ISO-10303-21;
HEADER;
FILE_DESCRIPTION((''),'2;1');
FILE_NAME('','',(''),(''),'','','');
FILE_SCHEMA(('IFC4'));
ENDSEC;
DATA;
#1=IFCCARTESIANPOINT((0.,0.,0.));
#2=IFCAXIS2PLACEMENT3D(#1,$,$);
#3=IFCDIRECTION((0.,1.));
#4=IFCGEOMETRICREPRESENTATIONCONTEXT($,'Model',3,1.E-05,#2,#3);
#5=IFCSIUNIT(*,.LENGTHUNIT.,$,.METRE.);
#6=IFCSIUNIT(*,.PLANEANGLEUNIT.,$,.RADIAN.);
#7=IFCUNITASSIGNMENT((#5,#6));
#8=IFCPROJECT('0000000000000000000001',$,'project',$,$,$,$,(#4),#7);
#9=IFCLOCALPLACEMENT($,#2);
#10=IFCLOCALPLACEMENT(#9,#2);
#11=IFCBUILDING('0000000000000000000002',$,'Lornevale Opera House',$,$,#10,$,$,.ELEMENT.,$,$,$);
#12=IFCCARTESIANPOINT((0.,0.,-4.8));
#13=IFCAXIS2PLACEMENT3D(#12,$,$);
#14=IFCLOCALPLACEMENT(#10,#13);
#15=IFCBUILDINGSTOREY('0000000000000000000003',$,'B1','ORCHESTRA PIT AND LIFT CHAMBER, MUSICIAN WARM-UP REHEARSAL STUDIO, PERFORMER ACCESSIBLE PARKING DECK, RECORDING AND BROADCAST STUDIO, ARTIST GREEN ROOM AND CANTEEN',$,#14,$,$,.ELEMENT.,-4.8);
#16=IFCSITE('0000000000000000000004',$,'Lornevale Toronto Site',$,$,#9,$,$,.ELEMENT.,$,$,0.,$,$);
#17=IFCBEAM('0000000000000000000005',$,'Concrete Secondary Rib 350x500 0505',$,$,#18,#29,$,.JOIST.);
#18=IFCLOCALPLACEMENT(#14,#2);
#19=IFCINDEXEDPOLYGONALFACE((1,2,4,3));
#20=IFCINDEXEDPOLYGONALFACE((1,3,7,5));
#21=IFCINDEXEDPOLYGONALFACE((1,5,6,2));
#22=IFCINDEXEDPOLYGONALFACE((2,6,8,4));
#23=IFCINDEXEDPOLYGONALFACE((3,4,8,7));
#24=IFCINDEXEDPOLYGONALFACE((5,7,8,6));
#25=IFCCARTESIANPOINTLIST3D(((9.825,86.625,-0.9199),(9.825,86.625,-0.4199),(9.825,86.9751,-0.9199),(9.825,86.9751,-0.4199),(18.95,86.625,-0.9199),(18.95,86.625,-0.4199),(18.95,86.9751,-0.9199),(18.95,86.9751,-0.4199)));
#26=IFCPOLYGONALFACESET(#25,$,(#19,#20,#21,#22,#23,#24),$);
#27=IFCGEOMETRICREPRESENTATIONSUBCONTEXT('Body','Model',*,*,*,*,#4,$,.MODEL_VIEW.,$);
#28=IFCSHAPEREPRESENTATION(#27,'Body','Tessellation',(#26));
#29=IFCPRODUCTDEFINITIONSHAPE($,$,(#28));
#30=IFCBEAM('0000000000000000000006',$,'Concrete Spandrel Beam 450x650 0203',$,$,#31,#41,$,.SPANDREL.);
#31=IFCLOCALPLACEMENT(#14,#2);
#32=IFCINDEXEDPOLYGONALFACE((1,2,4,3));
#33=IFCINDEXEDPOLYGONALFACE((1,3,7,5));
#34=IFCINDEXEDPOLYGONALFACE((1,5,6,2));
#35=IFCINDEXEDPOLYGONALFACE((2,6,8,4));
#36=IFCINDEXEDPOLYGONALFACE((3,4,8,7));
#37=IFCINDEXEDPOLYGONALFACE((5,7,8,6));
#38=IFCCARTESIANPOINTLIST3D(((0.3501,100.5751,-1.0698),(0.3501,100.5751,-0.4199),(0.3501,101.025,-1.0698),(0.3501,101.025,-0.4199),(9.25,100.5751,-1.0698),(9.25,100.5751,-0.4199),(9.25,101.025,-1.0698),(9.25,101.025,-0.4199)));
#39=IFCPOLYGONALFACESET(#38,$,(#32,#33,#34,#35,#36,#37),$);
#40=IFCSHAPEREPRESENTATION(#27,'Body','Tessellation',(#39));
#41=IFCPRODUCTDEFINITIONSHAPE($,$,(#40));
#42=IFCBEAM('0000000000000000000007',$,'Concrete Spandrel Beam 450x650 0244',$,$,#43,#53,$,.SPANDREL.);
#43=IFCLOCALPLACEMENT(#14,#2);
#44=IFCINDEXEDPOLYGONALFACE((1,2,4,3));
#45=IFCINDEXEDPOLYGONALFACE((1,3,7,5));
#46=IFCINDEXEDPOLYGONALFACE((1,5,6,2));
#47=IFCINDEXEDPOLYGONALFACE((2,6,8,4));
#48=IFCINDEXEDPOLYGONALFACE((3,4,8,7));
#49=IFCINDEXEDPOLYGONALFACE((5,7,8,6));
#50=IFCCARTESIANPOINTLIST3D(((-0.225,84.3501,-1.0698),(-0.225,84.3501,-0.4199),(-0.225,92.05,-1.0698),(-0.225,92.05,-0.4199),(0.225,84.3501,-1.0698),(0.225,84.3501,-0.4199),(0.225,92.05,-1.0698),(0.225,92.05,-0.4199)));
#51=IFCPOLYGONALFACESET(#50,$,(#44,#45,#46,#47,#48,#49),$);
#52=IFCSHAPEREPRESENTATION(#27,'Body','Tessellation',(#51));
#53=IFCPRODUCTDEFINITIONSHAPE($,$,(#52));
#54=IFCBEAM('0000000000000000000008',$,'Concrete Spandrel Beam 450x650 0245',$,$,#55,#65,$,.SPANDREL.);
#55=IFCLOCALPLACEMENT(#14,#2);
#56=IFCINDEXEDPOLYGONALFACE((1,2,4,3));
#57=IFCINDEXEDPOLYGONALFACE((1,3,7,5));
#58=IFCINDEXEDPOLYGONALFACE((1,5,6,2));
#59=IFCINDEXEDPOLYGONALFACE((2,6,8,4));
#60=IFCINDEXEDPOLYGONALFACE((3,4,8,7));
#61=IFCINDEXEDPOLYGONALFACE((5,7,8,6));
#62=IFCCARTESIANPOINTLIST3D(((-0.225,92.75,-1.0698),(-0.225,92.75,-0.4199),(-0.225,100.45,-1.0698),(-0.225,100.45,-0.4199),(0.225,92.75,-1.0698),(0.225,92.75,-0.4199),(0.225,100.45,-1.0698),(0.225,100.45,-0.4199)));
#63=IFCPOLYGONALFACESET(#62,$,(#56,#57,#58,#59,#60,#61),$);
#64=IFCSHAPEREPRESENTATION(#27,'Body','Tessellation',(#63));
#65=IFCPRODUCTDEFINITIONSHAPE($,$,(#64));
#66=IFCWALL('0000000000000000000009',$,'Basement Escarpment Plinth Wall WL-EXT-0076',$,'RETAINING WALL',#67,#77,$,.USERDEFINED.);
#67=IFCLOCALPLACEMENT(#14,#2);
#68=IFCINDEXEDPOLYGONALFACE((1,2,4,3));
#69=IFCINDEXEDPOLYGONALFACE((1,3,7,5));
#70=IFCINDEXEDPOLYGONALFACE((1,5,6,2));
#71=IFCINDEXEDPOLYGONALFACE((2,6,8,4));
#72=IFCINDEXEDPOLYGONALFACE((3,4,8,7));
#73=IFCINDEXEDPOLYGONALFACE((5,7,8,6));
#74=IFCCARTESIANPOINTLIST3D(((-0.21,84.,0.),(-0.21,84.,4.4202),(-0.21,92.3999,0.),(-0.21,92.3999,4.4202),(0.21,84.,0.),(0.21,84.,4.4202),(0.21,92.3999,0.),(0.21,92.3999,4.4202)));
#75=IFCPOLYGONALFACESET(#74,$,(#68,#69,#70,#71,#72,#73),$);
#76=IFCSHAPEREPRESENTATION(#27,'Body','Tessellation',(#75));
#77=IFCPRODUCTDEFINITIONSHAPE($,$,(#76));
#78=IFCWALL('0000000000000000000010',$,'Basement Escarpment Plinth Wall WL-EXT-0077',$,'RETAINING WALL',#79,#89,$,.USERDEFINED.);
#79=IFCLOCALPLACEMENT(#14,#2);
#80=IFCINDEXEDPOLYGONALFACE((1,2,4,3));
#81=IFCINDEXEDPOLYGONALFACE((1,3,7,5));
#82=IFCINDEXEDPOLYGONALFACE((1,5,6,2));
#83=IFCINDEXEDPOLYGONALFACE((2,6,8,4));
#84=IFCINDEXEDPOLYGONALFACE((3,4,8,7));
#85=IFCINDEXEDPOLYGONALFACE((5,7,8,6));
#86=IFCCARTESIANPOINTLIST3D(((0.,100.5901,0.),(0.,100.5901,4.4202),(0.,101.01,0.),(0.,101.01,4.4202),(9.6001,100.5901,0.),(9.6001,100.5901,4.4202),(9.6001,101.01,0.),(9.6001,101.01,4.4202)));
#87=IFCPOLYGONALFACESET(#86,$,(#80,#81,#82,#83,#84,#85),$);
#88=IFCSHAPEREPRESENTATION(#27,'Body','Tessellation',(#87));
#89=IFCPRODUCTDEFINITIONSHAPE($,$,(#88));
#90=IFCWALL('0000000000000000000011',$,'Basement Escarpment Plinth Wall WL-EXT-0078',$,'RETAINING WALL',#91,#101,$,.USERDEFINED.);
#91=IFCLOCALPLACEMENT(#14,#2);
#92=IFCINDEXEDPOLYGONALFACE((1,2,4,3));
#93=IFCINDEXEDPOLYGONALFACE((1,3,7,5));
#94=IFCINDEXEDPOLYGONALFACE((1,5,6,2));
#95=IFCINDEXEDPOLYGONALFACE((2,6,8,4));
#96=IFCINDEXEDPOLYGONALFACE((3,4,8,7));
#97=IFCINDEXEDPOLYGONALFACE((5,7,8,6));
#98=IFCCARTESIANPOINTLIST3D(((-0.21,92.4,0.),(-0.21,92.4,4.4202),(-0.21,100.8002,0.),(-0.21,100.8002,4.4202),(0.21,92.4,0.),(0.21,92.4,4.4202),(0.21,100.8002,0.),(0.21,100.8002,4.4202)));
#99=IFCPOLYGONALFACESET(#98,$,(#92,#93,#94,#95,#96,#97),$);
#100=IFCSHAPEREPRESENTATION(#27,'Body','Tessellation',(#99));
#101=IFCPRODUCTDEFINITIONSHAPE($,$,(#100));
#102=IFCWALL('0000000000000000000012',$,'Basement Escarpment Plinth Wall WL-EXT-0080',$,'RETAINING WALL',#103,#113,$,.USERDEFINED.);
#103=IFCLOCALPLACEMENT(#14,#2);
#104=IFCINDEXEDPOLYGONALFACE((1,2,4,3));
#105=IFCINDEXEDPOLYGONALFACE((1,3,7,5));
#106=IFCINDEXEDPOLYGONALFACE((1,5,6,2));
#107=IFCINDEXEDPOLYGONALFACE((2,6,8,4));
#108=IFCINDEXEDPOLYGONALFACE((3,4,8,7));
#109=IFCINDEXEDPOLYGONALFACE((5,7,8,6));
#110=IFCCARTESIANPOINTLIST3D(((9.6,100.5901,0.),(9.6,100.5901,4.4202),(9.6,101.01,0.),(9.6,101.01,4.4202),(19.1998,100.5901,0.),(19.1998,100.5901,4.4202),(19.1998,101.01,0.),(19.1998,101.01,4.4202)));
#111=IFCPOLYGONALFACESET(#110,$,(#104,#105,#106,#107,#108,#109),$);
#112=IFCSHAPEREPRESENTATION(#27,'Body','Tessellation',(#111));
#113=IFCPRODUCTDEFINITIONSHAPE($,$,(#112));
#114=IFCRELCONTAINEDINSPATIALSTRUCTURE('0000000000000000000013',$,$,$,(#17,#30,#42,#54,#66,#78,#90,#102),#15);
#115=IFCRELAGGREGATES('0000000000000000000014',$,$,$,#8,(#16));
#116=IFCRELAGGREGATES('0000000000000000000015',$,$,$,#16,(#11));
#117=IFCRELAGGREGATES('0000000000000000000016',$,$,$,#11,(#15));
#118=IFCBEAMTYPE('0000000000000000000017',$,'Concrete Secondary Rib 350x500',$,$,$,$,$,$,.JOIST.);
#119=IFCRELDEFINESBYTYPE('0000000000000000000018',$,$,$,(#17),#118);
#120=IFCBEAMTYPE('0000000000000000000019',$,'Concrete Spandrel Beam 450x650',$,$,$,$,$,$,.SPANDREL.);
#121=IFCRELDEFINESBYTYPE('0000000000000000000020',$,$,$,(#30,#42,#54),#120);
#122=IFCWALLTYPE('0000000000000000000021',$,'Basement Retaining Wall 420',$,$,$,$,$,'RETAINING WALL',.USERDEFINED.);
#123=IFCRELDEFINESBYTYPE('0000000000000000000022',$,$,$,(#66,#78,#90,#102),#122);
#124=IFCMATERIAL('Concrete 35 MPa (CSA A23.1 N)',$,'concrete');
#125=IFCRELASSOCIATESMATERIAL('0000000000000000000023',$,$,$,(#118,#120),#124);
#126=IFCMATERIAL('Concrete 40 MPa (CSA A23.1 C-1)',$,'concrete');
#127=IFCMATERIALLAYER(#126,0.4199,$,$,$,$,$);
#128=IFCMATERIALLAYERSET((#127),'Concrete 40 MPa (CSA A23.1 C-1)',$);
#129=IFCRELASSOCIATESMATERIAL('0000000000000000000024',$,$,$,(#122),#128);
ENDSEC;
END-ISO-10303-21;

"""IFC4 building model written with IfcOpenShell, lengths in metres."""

from ifc_helpers import new_model, si_unit, direction, frame, frame_2d, origin, origin_2d, place, context, subcontext, project, spatial, rectangle, extrude, material, layer, layer_set, material_profile, profile_set, type_object, element, save


model = new_model("IFC4")

# Units and contexts
model_context = context("Model", 3, precision=1e-05, world=origin(), true_north=direction((0.0, 1.0)))
body_context = subcontext(model_context, "Body", "Model", "MODEL_VIEW")
ifc_project = project(units=[si_unit("LENGTHUNIT", "METRE"), si_unit("PLANEANGLEUNIT", "RADIAN")], contexts=[model_context])

# Site, building, storey
site_placement = place(None, origin())
site = spatial("IfcSite", under=ifc_project, at=site_placement, Name="Lornevale Toronto Site", CompositionType="ELEMENT", RefElevation=0.0)
building_placement = place(site_placement, origin())
building = spatial("IfcBuilding", under=site, at=building_placement, Name="Lornevale Opera House", CompositionType="ELEMENT")
storey_placement = place(building_placement, frame((0.0, 0.0, -4.8)))
storey = spatial("IfcBuildingStorey", under=building, at=storey_placement, Name="B1", Description="ORCHESTRA PIT AND LIFT CHAMBER, MUSICIAN WARM-UP REHEARSAL STUDIO, PERFORMER ACCESSIBLE PARKING DECK, RECORDING AND BROADCAST STUDIO, ARTIST GREEN ROOM AND CANTEEN", CompositionType="ELEMENT", Elevation=-4.8)

# Shared definitions
ifc_material_1 = material(Name="Concrete 35 MPa (CSA A23.1 N)", Category="concrete")
ifc_material_2 = material(Name="Concrete 40 MPa (CSA A23.1 C-1)", Category="concrete")

# Beams
ifc_material_profile_1 = material_profile(ifc_material_1, rectangle(XDim=0.3501, YDim=0.5, at=origin_2d()), Name="RC350x500")
ifc_profile_set_1 = profile_set([ifc_material_profile_1], Name="Concrete 35 MPa (CSA A23.1 N)")
beam_type_1 = type_object("IfcBeamType", Name="Concrete Secondary Rib 350x500", PredefinedType="JOIST", material=ifc_profile_set_1)
for number, where, z_axis, x_axis, name in (
    (1, (9.825, 86.8, -0.6699), (1.0, 0.0, 0.0), (0.0, 1.0, 0.0), "Concrete Secondary Rib 350x500 0505"),
):
    element("IfcBeam", number, at=place(storey_placement, frame(where, z_axis=z_axis, x_axis=x_axis)), inside=storey, type_object=beam_type_1, Name=name, PredefinedType="JOIST", context=body_context, shape_type="SweptSolid", body=[
        extrude(rectangle(XDim=0.3501, YDim=0.5, at=origin_2d()), origin(), (0.0, 0.0, 1.0), 9.125),
    ])
ifc_material_profile_2 = material_profile(ifc_material_1, rectangle(XDim=0.45, YDim=0.6499, at=origin_2d()), Name="RC450x650")
ifc_profile_set_2 = profile_set([ifc_material_profile_2], Name="Concrete 35 MPa (CSA A23.1 N)")
beam_type_2 = type_object("IfcBeamType", Name="Concrete Spandrel Beam 450x650", PredefinedType="SPANDREL", material=ifc_profile_set_2)
beam_1_placement = place(storey_placement, frame((0.3501, 100.8, -0.7449), z_axis=(1.0, 0.0, 0.0), x_axis=(0.0, 1.0, 0.0)))
element("IfcBeam", 2, at=beam_1_placement, inside=storey, type_object=beam_type_2, Name="Concrete Spandrel Beam 450x650 0203", PredefinedType="SPANDREL", context=body_context, shape_type="SweptSolid", body=[
    extrude(rectangle(XDim=0.45, YDim=0.6499, at=origin_2d()), origin(), (0.0, 0.0, 1.0), 8.8999),
])
for number, where, z_axis, x_axis, name in (
    (3, (0.0, 84.3501, -0.7449), (0.0, 1.0, 0.0), (-1.0, 0.0, 0.0), "Concrete Spandrel Beam 450x650 0244"),
    (4, (0.0, 92.75, -0.7449), (0.0, 1.0, 0.0), (-1.0, 0.0, 0.0), "Concrete Spandrel Beam 450x650 0245"),
):
    element("IfcBeam", number, at=place(storey_placement, frame(where, z_axis=z_axis, x_axis=x_axis)), inside=storey, type_object=beam_type_2, Name=name, PredefinedType="SPANDREL", context=body_context, shape_type="SweptSolid", body=[
        extrude(rectangle(XDim=0.45, YDim=0.6499, at=origin_2d()), origin(), (0.0, 0.0, 1.0), 7.7),
    ])

# Walls
ifc_layer = layer(ifc_material_2, 0.4199)
ifc_layer_set = layer_set([ifc_layer], Name="Concrete 40 MPa (CSA A23.1 C-1)")
wall_type = type_object("IfcWallType", Name="Basement Retaining Wall 420", ElementType="RETAINING WALL", PredefinedType="USERDEFINED", material=ifc_layer_set)
wall_1_placement = place(storey_placement, frame((0.0, 84.0, 0.0), z_axis=(0.0, 0.0, 1.0), x_axis=(0.0, 1.0, 0.0)))
element("IfcWall", 5, at=wall_1_placement, inside=storey, type_object=wall_type, Name="Basement Escarpment Plinth Wall WL-EXT-0076", ObjectType="RETAINING WALL", PredefinedType="USERDEFINED", context=body_context, shape_type="SweptSolid", body=[
    extrude(rectangle(XDim=8.3999, YDim=0.4199, at=frame_2d((4.2, 0.0))), origin(), (0.0, 0.0, 1.0), 4.4202),
])
wall_2_placement = place(storey_placement, frame((0.0, 100.8, 0.0), z_axis=(0.0, 0.0, 1.0), x_axis=(1.0, 0.0, 0.0)))
element("IfcWall", 6, at=wall_2_placement, inside=storey, type_object=wall_type, Name="Basement Escarpment Plinth Wall WL-EXT-0077", ObjectType="RETAINING WALL", PredefinedType="USERDEFINED", context=body_context, shape_type="SweptSolid", body=[
    extrude(rectangle(XDim=9.6001, YDim=0.4199, at=frame_2d((4.8, 0.0))), origin(), (0.0, 0.0, 1.0), 4.4202),
])
wall_3_placement = place(storey_placement, frame((0.0, 92.3999, 0.0), z_axis=(0.0, 0.0, 1.0), x_axis=(0.0, 1.0, 0.0)))
element("IfcWall", 7, at=wall_3_placement, inside=storey, type_object=wall_type, Name="Basement Escarpment Plinth Wall WL-EXT-0078", ObjectType="RETAINING WALL", PredefinedType="USERDEFINED", context=body_context, shape_type="SweptSolid", body=[
    extrude(rectangle(XDim=8.4001, YDim=0.4199, at=frame_2d((4.2002, 0.0))), origin(), (0.0, 0.0, 1.0), 4.4202),
])
wall_4_placement = place(storey_placement, frame((9.6001, 100.8, 0.0), z_axis=(0.0, 0.0, 1.0), x_axis=(1.0, 0.0, 0.0)))
element("IfcWall", 8, at=wall_4_placement, inside=storey, type_object=wall_type, Name="Basement Escarpment Plinth Wall WL-EXT-0080", ObjectType="RETAINING WALL", PredefinedType="USERDEFINED", context=body_context, shape_type="SweptSolid", body=[
    extrude(rectangle(XDim=9.5999, YDim=0.4199, at=frame_2d((4.7998, 0.0))), origin(), (0.0, 0.0, 1.0), 4.4202),
])

save(model, "model.ifc")
